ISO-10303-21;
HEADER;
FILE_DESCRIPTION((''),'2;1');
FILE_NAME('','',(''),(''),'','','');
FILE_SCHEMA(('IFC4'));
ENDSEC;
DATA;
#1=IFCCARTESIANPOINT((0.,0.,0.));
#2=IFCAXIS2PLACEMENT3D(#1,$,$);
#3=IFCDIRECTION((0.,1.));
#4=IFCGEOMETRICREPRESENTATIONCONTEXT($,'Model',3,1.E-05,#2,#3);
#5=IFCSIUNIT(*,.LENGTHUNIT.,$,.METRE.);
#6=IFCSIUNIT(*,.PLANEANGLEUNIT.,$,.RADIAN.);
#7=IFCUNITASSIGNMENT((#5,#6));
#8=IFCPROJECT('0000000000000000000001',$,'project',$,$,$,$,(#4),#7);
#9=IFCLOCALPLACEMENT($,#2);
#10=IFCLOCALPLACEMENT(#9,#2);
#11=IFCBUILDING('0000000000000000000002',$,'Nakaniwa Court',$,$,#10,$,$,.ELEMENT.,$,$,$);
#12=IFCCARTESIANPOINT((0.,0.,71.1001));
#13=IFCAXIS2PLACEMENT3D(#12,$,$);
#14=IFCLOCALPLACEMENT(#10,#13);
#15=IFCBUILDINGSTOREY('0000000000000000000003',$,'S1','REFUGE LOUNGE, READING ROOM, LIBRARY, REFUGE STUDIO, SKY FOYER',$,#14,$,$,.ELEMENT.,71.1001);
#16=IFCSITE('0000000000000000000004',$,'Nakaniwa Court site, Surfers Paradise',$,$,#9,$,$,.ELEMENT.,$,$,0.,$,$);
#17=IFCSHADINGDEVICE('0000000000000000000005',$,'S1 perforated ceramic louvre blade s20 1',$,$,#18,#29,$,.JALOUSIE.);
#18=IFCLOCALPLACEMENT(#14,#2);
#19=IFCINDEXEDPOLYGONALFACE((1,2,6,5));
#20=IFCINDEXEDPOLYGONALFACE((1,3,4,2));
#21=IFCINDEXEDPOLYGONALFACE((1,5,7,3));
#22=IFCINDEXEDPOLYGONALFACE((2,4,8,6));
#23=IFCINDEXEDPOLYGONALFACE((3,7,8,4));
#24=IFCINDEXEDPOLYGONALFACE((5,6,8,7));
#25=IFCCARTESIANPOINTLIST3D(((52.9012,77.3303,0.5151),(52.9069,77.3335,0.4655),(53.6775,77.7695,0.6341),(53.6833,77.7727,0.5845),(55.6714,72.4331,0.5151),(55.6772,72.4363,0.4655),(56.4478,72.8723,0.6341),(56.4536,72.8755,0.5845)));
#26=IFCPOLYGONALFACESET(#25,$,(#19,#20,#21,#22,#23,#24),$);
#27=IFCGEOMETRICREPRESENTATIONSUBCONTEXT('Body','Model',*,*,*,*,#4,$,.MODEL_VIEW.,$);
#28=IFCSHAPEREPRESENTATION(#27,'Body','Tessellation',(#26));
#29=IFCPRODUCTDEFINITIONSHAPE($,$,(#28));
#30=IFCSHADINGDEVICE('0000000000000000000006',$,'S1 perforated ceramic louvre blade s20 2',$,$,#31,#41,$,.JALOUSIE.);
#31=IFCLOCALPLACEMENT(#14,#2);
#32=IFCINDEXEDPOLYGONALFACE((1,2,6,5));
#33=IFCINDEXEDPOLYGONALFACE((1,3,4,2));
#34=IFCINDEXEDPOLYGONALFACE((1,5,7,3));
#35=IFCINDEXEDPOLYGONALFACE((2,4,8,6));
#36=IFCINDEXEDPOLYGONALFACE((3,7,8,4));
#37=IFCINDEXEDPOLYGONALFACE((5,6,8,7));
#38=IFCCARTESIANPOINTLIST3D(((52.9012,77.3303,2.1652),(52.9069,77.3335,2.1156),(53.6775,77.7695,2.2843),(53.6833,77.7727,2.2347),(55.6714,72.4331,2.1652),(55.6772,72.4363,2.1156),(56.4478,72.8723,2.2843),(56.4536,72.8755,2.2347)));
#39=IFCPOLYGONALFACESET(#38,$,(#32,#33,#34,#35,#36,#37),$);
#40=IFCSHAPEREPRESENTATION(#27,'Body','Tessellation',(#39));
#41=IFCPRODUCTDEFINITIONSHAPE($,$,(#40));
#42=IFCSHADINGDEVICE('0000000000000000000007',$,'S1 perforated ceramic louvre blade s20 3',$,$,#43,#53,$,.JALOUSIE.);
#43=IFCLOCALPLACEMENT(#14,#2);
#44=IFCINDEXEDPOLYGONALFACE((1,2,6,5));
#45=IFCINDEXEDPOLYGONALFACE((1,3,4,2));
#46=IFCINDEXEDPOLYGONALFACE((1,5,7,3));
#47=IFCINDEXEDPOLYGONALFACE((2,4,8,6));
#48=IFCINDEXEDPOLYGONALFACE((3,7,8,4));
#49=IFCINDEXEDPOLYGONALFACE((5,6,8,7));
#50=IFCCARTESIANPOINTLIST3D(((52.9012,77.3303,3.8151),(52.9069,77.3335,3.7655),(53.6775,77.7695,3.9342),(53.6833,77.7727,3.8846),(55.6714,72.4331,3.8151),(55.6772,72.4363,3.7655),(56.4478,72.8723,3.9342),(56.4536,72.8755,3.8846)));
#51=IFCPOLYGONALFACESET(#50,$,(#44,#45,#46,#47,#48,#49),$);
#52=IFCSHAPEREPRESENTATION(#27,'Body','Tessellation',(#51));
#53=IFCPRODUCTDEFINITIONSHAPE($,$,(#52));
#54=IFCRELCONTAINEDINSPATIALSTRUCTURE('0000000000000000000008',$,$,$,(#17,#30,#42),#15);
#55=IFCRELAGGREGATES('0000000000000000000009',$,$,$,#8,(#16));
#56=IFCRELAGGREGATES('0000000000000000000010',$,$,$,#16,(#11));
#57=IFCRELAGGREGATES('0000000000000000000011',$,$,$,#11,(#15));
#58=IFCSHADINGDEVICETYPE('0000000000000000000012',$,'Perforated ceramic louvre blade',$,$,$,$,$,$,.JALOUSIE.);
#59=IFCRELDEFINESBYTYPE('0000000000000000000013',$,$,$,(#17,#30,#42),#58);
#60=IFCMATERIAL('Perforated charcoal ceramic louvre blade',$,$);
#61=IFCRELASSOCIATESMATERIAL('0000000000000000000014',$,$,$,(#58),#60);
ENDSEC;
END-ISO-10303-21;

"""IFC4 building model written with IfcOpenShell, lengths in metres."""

from ifc_helpers import new_model, si_unit, direction, frame, origin, origin_2d, place, context, subcontext, project, spatial, rectangle, extrude, material, material_profile, profile_set, type_object, element, save


model = new_model("IFC4")

# Units and contexts
model_context = context("Model", 3, precision=1e-05, world=origin(), true_north=direction((0.0, 1.0)))
body_context = subcontext(model_context, "Body", "Model", "MODEL_VIEW")
ifc_project = project(units=[si_unit("LENGTHUNIT", "METRE"), si_unit("PLANEANGLEUNIT", "RADIAN")], contexts=[model_context])

# Site, building, storey
site_placement = place(None, origin())
site = spatial("IfcSite", under=ifc_project, at=site_placement, Name="Nakaniwa Court site, Surfers Paradise", CompositionType="ELEMENT", RefElevation=0.0)
building_placement = place(site_placement, origin())
building = spatial("IfcBuilding", under=site, at=building_placement, Name="Nakaniwa Court", CompositionType="ELEMENT")
storey_placement = place(building_placement, frame((0.0, 0.0, 71.1001)))
storey = spatial("IfcBuildingStorey", under=building, at=storey_placement, Name="S1", Description="REFUGE LOUNGE, READING ROOM, LIBRARY, REFUGE STUDIO, SKY FOYER", CompositionType="ELEMENT", Elevation=71.1001)

# Shading devices
ifc_material_1 = material(Name="Perforated charcoal ceramic louvre blade")
ifc_material_profile_1 = material_profile(ifc_material_1, rectangle(XDim=0.8999, YDim=0.05, at=origin_2d()), Name="Perforated ceramic louvre blade")
ifc_profile_set_1 = profile_set([ifc_material_profile_1], Name="Perforated charcoal ceramic louvre blade")
shading_device_type = type_object("IfcShadingDeviceType", Name="Perforated ceramic louvre blade", PredefinedType="JALOUSIE", material=ifc_profile_set_1)
for number, where, z_axis, x_axis, name in (
    (1, (53.2922, 77.5515, 0.5498), (0.492363, -0.87039, 0.0), (0.862744, 0.488038, 0.132256), "S1 perforated ceramic louvre blade s20 1"),
    (2, (53.2922, 77.5515, 2.2), (0.492363, -0.87039, 0.0), (0.862744, 0.488038, 0.132256), "S1 perforated ceramic louvre blade s20 2"),
    (3, (53.2922, 77.5515, 3.8499), (0.492363, -0.87039, 0.0), (0.862744, 0.488038, 0.132256), "S1 perforated ceramic louvre blade s20 3"),
):
    element("IfcShadingDevice", number, at=place(storey_placement, frame(where, z_axis=z_axis, x_axis=x_axis)), inside=storey, type_object=shading_device_type, Name=name, PredefinedType="JALOUSIE", context=body_context, shape_type="SweptSolid", body=[
        extrude(rectangle(XDim=0.8999, YDim=0.05, at=origin_2d()), origin(), (0.0, 0.0, 1.0), 5.6265),
    ])

save(model, "model.ifc")
